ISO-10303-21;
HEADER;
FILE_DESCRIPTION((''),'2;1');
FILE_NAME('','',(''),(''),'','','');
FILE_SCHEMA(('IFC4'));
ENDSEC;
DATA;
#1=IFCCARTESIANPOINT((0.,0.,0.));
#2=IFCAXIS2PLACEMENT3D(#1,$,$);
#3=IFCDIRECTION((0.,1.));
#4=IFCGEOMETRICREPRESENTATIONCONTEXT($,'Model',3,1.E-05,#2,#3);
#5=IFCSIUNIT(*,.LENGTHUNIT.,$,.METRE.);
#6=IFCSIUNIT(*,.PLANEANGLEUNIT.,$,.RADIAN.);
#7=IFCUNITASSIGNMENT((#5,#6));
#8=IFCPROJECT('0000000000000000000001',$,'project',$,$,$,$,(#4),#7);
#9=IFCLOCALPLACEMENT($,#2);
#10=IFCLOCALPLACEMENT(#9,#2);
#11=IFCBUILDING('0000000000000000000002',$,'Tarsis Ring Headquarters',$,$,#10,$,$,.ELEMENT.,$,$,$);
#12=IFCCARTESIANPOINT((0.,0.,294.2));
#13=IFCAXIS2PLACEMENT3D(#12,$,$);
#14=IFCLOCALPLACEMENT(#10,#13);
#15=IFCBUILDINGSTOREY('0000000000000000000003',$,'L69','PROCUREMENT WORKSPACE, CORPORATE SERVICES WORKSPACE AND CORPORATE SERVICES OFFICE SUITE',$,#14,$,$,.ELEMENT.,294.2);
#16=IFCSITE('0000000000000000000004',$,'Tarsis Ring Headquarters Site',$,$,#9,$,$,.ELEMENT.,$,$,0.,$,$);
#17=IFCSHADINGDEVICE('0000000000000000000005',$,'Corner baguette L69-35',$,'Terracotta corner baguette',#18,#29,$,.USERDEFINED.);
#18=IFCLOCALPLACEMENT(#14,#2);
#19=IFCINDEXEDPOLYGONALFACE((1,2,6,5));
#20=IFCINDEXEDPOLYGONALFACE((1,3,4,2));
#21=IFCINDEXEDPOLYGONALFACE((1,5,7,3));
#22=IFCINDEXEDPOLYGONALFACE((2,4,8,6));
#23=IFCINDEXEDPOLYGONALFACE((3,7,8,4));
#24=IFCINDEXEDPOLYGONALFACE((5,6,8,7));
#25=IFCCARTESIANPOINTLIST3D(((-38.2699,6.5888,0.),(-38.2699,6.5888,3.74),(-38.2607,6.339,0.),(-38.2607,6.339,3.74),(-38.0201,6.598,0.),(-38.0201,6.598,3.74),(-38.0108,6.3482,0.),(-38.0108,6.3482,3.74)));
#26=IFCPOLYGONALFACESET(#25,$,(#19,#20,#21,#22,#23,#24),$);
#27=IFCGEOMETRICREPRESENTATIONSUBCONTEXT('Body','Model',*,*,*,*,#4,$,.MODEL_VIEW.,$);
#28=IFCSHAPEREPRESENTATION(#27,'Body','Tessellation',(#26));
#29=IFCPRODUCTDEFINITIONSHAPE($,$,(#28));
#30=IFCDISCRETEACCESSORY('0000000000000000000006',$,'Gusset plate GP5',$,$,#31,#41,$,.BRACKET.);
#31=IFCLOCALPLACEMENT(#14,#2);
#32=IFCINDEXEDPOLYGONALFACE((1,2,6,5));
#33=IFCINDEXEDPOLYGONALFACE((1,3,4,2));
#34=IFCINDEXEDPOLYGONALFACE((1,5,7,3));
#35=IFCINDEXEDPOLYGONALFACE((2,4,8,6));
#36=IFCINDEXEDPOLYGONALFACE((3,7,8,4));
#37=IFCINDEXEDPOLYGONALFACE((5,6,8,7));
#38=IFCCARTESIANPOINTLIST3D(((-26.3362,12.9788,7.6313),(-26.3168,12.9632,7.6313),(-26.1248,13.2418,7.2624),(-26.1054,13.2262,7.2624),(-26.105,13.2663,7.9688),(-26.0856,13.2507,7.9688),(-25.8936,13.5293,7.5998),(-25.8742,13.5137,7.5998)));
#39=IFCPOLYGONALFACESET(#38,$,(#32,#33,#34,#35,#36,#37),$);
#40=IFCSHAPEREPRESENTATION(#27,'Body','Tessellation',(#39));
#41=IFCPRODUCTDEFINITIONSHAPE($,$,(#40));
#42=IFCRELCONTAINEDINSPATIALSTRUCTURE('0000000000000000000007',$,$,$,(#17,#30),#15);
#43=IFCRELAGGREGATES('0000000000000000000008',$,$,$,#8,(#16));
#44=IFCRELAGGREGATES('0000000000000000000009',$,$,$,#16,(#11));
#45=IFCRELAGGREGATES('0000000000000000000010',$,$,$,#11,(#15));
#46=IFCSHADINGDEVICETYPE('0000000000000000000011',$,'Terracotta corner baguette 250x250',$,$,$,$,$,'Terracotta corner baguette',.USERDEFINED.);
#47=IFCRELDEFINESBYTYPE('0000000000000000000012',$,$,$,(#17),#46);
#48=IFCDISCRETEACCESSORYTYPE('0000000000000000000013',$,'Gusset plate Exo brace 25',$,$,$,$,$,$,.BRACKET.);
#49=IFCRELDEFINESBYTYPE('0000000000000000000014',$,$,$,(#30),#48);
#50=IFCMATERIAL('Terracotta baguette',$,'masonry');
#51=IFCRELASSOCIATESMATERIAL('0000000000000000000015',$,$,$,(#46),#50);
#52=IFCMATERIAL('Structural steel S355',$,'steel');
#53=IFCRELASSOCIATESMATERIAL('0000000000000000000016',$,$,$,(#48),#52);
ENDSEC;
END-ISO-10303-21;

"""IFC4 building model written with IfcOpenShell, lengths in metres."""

from ifc_helpers import new_model, si_unit, direction, frame, origin, origin_2d, place, context, subcontext, project, spatial, rectangle, extrude, material, material_profile, profile_set, type_object, element, save


model = new_model("IFC4")

# Units and contexts
model_context = context("Model", 3, precision=1e-05, world=origin(), true_north=direction((0.0, 1.0)))
body_context = subcontext(model_context, "Body", "Model", "MODEL_VIEW")
ifc_project = project(units=[si_unit("LENGTHUNIT", "METRE"), si_unit("PLANEANGLEUNIT", "RADIAN")], contexts=[model_context])

# Site, building, storey
site_placement = place(None, origin())
site = spatial("IfcSite", under=ifc_project, at=site_placement, Name="Tarsis Ring Headquarters Site", CompositionType="ELEMENT", RefElevation=0.0)
building_placement = place(site_placement, origin())
building = spatial("IfcBuilding", under=site, at=building_placement, Name="Tarsis Ring Headquarters", CompositionType="ELEMENT")
storey_placement = place(building_placement, frame((0.0, 0.0, 294.2)))
storey = spatial("IfcBuildingStorey", under=building, at=storey_placement, Name="L69", Description="PROCUREMENT WORKSPACE, CORPORATE SERVICES WORKSPACE AND CORPORATE SERVICES OFFICE SUITE", CompositionType="ELEMENT", Elevation=294.2)

# Shared definitions
ifc_material_1 = material(Name="Structural steel S355", Category="steel")

# Shading device
ifc_material_2 = material(Name="Terracotta baguette", Category="masonry")
shading_device_type_1 = type_object("IfcShadingDeviceType", Name="Terracotta corner baguette 250x250", ElementType="Terracotta corner baguette", PredefinedType="USERDEFINED", material=ifc_material_2)
for number, where, z_axis, x_axis, name in (
    (1, (-38.1404, 6.4685, 0.0), (0.0, 0.0, 1.0), (0.036993, -0.999316, 0.0), "Corner baguette L69-35"),
):
    element("IfcShadingDevice", number, at=place(storey_placement, frame(where, z_axis=z_axis, x_axis=x_axis)), inside=storey, type_object=shading_device_type_1, Name=name, ObjectType="Terracotta corner baguette", PredefinedType="USERDEFINED", context=body_context, shape_type="SweptSolid", body=[
        extrude(rectangle(XDim=0.25, YDim=0.25, at=origin_2d()), origin(), (0.0, 0.0, 1.0), 3.74),
    ])

# Discrete accessory
ifc_material_profile_1 = material_profile(ifc_material_1, rectangle(XDim=0.0249, YDim=0.5, at=origin_2d()), Name="PL 25x500")
ifc_profile_set_1 = profile_set([ifc_material_profile_1], Name="Structural steel S355")
discrete_accessory_type = type_object("IfcDiscreteAccessoryType", Name="Gusset plate Exo brace 25", PredefinedType="BRACKET", material=ifc_profile_set_1)
discrete_accessory_placement = place(storey_placement, frame((-26.2109, 13.1147, 7.8), z_axis=(0.422917, 0.52596, -0.737907), x_axis=(-0.779313, 0.626634, 0.0)))
element("IfcDiscreteAccessory", 2, at=discrete_accessory_placement, inside=storey, type_object=discrete_accessory_type, Name="Gusset plate GP5", PredefinedType="BRACKET", context=body_context, shape_type="SweptSolid", body=[
    extrude(rectangle(XDim=0.0249, YDim=0.5, at=origin_2d()), origin(), (0.0, 0.0, 1.0), 0.5),
])

save(model, "model.ifc")
